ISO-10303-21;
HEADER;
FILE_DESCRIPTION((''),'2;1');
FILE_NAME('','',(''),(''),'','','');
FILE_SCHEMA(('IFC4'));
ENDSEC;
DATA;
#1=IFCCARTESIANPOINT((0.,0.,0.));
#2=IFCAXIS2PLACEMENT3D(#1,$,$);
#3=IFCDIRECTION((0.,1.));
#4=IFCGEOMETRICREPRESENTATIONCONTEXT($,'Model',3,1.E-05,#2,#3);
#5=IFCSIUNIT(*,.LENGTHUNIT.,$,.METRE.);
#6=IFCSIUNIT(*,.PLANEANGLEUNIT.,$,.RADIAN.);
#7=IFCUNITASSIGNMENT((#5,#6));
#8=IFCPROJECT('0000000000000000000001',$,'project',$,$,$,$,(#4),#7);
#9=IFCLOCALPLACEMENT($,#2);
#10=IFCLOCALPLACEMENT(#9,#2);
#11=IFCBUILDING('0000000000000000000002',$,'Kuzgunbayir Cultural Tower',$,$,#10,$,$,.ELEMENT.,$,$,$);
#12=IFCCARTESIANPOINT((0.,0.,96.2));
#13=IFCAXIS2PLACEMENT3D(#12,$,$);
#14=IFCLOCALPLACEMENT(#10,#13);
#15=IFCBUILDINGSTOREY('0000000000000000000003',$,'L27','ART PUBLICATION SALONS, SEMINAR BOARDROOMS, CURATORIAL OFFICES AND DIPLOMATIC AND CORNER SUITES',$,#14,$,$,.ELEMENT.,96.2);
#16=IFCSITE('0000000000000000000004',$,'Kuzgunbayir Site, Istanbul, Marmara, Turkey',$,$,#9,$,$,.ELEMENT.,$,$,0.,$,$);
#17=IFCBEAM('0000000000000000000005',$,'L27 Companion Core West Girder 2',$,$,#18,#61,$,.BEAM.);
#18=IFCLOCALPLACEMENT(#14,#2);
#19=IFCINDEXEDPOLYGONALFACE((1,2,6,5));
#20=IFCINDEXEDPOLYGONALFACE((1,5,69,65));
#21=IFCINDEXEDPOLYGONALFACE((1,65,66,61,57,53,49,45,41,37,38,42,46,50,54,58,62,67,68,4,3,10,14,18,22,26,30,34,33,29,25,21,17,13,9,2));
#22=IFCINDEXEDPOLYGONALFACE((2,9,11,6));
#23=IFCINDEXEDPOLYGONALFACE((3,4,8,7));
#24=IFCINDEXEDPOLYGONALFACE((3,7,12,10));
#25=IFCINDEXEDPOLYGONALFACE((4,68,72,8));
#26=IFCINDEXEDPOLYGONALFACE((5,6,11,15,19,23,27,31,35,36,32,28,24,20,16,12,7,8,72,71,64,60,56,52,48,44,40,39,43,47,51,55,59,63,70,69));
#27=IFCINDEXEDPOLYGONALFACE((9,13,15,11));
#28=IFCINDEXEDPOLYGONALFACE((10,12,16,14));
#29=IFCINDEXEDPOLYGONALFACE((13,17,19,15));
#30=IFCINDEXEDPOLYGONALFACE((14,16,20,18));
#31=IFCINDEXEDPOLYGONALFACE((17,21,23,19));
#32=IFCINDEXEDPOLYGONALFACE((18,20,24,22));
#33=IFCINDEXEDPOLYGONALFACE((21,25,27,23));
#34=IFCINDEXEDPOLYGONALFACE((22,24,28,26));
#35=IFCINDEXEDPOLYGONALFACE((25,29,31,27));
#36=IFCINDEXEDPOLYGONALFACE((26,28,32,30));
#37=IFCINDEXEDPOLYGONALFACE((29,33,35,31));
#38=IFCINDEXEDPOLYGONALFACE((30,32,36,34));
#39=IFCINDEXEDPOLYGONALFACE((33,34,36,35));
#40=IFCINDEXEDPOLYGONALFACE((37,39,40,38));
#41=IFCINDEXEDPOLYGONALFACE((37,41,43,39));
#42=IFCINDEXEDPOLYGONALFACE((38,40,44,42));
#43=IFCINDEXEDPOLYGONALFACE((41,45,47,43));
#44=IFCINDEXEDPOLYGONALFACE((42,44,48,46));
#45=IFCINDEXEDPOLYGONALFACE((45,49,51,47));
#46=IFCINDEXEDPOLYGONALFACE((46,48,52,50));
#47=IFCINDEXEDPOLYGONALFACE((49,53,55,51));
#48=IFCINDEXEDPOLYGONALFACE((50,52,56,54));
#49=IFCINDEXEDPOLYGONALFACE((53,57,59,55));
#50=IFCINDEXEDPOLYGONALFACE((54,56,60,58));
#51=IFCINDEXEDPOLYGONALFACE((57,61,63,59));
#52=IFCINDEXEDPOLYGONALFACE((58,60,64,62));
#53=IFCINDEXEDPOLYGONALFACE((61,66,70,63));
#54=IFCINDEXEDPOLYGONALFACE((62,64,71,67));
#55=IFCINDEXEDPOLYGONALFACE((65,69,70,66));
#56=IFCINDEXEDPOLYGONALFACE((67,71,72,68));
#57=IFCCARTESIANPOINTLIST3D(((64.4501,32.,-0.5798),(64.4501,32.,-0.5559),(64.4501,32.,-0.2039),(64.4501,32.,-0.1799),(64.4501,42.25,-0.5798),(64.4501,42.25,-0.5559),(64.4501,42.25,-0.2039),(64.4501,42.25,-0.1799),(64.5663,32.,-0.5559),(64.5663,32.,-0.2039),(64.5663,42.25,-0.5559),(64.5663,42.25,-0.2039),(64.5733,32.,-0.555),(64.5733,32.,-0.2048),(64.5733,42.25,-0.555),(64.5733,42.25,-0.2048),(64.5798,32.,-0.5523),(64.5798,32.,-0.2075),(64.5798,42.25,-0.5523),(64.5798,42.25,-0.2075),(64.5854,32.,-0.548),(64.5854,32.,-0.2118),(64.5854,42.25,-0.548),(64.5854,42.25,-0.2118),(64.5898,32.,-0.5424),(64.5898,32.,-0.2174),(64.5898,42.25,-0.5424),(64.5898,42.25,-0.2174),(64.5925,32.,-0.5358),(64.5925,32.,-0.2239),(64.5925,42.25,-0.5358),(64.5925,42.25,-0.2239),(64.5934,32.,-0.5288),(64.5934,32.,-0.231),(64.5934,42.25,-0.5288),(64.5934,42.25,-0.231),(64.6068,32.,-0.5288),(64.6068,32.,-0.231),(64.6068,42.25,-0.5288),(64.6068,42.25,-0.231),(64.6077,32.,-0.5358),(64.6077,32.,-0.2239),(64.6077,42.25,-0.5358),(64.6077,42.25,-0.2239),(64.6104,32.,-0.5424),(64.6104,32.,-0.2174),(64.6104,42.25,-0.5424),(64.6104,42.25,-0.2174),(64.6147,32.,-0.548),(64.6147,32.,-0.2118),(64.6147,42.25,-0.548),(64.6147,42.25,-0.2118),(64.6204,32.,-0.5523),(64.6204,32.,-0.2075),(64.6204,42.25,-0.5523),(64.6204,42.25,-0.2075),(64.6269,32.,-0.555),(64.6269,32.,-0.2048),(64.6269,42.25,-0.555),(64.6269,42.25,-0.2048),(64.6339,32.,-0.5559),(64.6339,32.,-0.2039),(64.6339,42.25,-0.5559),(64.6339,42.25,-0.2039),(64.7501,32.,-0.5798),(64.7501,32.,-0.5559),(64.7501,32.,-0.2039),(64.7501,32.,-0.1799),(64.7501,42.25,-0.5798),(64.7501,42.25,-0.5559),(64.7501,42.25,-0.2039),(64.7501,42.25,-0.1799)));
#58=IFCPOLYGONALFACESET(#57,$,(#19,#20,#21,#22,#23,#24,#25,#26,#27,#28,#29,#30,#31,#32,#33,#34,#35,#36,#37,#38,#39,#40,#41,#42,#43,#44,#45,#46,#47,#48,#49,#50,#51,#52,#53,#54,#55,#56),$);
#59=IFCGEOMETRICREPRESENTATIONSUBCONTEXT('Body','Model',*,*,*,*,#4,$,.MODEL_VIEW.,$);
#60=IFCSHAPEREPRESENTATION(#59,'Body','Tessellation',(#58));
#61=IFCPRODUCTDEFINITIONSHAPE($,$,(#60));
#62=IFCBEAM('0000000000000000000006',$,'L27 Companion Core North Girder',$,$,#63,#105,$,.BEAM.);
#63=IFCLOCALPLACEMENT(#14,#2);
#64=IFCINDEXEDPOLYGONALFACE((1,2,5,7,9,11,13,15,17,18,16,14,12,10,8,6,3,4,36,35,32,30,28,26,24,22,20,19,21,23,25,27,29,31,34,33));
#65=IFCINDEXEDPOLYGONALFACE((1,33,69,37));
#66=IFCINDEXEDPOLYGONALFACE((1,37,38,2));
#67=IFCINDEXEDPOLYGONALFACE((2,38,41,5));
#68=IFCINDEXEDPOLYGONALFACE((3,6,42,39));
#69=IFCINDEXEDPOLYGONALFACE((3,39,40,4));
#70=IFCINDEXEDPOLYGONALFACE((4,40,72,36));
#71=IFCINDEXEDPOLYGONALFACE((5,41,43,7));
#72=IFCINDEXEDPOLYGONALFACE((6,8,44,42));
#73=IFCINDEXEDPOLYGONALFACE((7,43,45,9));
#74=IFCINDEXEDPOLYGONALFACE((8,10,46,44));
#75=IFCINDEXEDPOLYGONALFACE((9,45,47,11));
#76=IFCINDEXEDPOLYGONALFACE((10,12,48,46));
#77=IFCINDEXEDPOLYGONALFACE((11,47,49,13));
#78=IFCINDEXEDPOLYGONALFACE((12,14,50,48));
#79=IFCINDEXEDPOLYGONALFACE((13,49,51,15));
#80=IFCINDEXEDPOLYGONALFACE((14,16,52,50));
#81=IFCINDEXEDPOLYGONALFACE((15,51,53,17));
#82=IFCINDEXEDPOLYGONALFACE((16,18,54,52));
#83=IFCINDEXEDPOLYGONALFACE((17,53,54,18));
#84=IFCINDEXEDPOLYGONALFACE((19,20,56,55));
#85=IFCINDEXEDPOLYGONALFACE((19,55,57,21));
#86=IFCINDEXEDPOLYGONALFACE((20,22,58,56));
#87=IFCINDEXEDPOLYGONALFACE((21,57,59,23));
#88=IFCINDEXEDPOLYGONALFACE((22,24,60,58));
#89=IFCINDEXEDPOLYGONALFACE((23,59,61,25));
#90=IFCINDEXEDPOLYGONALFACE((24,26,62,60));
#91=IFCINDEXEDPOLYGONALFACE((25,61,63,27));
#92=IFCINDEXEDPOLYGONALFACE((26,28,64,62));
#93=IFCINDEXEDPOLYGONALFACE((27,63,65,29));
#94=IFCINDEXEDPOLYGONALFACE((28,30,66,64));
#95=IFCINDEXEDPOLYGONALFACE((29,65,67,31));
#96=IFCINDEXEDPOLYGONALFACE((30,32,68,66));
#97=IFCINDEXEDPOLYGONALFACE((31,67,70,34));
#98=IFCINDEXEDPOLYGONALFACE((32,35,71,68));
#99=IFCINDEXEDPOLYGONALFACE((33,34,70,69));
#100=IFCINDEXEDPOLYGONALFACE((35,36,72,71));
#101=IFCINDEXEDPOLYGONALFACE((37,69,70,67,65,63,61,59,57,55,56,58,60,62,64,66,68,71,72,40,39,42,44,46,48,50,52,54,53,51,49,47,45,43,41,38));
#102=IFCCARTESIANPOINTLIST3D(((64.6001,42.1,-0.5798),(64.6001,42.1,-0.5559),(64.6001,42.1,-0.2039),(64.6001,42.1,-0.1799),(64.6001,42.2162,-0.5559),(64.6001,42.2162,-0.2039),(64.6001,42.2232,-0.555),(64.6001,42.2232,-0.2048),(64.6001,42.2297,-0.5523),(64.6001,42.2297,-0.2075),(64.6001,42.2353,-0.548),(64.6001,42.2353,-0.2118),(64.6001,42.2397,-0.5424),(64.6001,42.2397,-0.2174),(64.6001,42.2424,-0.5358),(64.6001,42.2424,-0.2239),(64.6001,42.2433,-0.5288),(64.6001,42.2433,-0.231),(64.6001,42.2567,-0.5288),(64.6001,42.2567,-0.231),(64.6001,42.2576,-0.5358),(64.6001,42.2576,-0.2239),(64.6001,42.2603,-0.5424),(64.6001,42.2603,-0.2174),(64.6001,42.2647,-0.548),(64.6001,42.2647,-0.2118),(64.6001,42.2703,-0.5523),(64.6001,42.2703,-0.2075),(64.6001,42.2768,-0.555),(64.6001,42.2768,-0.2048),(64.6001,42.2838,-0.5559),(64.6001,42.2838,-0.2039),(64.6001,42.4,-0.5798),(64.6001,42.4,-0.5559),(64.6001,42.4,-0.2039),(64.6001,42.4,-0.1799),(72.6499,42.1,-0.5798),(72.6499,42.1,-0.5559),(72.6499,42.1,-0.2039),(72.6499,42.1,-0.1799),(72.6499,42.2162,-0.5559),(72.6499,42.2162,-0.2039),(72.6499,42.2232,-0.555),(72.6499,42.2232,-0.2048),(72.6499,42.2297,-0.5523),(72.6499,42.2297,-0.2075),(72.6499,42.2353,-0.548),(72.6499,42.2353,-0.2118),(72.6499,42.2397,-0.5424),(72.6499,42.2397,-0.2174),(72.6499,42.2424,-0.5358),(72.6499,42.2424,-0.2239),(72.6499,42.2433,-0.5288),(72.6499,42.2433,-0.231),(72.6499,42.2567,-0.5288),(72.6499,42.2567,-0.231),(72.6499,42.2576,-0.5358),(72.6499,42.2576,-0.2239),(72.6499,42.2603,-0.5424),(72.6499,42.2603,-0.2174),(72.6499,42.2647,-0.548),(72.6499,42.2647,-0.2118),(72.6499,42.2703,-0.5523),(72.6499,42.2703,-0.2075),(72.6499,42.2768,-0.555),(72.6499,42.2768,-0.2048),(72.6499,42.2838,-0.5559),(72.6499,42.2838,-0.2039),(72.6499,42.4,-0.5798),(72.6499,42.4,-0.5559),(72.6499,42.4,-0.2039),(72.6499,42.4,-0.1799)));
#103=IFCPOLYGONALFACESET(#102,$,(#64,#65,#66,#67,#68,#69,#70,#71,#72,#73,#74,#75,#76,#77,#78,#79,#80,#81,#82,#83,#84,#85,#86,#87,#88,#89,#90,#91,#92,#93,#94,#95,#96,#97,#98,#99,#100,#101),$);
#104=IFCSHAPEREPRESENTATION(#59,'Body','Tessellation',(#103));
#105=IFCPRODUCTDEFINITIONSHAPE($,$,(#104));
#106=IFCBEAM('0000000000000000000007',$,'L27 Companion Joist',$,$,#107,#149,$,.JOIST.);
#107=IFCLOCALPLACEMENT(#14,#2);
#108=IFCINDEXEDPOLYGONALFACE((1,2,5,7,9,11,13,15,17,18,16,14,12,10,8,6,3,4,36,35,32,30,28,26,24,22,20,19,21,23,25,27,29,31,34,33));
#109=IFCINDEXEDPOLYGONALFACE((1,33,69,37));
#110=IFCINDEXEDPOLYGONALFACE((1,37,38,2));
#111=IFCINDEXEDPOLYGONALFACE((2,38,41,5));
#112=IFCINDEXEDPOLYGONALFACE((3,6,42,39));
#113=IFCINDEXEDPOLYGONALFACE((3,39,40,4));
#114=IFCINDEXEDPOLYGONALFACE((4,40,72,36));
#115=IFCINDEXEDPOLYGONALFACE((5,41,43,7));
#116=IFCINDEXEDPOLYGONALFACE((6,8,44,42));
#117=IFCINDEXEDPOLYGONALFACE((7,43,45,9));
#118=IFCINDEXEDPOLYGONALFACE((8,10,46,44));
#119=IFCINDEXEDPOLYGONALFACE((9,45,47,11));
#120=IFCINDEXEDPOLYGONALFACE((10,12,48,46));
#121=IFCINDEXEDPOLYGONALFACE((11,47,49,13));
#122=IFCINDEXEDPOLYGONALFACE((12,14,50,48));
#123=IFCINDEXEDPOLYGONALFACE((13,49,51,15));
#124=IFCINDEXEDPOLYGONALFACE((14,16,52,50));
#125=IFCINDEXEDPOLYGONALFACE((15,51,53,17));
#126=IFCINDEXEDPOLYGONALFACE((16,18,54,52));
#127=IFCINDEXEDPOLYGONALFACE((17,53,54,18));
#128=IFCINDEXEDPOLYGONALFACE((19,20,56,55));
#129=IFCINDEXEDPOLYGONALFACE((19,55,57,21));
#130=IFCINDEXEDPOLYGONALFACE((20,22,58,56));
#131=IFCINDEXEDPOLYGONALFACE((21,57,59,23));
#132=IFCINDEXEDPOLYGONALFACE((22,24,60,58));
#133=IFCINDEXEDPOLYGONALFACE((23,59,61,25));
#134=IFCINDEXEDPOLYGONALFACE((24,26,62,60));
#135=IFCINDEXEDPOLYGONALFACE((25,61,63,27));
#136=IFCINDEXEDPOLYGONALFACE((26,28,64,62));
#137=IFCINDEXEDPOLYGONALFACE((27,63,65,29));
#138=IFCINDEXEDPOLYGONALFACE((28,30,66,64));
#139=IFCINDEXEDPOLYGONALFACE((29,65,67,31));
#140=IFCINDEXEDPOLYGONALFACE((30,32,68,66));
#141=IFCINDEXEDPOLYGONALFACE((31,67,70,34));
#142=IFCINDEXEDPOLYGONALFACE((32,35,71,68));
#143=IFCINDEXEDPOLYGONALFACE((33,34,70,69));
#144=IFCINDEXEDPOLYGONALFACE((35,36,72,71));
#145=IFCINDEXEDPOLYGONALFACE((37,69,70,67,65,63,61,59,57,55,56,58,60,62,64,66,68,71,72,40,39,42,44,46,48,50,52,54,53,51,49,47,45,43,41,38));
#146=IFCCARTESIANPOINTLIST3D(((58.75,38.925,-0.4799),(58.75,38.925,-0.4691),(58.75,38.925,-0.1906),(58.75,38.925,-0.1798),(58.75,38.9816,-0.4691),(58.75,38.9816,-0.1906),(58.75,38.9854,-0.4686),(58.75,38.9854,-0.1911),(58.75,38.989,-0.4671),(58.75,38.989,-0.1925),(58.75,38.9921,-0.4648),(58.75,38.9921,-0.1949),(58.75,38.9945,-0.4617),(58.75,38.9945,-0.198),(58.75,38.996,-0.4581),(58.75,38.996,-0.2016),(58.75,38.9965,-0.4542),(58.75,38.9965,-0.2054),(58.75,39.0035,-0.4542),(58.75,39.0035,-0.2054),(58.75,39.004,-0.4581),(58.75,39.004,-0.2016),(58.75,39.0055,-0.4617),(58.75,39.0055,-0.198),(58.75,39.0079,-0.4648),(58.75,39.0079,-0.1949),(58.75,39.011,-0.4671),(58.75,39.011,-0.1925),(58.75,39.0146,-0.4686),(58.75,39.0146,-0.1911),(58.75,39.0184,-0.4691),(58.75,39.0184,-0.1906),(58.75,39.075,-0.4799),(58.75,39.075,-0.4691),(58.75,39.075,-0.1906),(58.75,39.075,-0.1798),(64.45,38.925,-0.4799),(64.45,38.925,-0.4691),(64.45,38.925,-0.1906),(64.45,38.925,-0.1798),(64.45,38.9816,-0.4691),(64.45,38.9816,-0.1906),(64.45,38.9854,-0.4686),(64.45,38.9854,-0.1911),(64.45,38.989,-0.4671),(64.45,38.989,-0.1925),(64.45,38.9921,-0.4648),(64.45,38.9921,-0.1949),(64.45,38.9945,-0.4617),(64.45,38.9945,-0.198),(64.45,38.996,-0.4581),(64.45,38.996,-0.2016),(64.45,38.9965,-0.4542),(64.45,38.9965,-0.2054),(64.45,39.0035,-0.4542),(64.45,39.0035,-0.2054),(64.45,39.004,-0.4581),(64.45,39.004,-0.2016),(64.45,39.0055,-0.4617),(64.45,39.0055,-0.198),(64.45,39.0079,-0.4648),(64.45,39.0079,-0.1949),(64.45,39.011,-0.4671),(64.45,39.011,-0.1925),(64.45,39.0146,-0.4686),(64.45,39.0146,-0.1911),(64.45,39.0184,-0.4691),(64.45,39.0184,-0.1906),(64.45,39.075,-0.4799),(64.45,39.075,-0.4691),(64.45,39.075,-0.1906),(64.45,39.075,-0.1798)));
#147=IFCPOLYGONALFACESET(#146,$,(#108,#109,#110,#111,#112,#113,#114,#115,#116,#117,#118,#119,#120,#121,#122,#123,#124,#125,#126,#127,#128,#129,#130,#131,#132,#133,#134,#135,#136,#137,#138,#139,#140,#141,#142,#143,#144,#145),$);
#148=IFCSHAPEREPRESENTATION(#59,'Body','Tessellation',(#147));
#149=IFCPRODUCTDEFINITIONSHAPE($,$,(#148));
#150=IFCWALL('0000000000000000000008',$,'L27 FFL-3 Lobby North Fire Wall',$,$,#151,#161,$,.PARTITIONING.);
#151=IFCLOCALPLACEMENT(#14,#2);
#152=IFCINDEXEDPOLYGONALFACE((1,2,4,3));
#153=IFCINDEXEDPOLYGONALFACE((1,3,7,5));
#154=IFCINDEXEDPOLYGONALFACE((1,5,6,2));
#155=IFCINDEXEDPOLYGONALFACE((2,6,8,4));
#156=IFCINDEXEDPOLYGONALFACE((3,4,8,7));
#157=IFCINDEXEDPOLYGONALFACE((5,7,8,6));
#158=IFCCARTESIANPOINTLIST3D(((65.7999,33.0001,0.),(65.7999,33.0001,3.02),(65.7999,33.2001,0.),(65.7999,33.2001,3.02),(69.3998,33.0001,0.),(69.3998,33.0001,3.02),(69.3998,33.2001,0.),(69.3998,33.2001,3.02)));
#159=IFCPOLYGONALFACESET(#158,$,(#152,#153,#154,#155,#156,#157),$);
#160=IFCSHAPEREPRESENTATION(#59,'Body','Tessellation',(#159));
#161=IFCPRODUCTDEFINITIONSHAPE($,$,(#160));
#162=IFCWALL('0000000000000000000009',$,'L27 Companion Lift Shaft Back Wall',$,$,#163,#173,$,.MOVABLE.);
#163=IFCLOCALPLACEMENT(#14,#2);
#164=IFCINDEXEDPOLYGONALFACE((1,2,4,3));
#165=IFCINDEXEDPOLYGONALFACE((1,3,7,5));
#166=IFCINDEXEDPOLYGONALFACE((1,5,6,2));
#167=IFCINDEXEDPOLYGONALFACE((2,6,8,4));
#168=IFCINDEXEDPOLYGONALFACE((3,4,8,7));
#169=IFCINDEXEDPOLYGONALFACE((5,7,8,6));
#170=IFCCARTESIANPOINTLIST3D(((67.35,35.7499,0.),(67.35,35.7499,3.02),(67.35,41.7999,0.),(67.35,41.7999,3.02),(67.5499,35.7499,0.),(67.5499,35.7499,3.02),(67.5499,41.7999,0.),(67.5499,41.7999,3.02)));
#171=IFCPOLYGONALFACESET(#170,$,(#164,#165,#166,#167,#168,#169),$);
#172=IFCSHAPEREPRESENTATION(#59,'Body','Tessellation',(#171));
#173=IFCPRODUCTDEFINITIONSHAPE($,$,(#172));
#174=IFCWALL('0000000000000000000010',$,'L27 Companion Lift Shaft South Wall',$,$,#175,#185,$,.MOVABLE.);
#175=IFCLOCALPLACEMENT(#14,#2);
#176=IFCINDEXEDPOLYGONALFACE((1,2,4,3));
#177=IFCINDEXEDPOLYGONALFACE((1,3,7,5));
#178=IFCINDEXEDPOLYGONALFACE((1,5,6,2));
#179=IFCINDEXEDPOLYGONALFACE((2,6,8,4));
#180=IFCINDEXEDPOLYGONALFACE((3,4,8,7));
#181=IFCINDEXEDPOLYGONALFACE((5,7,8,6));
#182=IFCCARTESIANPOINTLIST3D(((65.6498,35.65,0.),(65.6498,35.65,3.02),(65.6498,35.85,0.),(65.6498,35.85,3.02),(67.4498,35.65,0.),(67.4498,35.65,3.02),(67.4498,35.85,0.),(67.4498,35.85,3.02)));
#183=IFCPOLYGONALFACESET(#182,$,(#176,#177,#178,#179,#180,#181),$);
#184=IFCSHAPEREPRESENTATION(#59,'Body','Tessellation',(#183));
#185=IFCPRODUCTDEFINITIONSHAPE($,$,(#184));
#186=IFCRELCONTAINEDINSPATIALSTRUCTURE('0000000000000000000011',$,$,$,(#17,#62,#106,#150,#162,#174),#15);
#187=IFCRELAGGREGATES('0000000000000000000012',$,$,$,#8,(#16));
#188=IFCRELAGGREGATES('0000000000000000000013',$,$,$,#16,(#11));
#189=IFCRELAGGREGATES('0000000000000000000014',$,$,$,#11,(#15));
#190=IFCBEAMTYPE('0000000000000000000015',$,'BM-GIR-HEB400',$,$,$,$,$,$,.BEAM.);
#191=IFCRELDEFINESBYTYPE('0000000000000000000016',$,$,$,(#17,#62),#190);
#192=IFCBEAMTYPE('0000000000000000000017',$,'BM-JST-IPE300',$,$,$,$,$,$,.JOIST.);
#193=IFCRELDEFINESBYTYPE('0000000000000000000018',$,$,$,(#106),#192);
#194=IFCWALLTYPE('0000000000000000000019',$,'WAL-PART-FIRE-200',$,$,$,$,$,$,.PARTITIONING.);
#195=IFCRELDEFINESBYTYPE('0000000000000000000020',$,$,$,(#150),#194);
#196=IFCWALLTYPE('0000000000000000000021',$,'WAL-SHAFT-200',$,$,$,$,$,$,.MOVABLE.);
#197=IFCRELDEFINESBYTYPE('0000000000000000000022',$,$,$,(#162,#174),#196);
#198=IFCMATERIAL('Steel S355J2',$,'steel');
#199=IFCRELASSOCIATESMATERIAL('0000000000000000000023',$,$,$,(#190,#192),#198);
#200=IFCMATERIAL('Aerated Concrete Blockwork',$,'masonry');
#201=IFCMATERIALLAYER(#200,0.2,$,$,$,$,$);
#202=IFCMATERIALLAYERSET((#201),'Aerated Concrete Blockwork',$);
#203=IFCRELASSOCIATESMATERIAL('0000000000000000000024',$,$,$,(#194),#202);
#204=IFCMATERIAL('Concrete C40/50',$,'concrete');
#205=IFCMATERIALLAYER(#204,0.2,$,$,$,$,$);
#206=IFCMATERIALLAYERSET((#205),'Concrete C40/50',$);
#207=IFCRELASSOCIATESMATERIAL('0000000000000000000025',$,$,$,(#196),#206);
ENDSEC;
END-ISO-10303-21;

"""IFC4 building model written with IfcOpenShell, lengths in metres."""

from ifc_helpers import new_model, si_unit, direction, frame, frame_2d, origin, origin_2d, place, context, subcontext, project, spatial, rectangle, i_section, extrude, material, layer, layer_set, material_profile, profile_set, type_object, element, save


model = new_model("IFC4")

# Units and contexts
model_context = context("Model", 3, precision=1e-05, world=origin(), true_north=direction((0.0, 1.0)))
body_context = subcontext(model_context, "Body", "Model", "MODEL_VIEW")
ifc_project = project(units=[si_unit("LENGTHUNIT", "METRE"), si_unit("PLANEANGLEUNIT", "RADIAN")], contexts=[model_context])

# Site, building, storey
site_placement = place(None, origin())
site = spatial("IfcSite", under=ifc_project, at=site_placement, Name="Kuzgunbayir Site, Istanbul, Marmara, Turkey", CompositionType="ELEMENT", RefElevation=0.0)
building_placement = place(site_placement, origin())
building = spatial("IfcBuilding", under=site, at=building_placement, Name="Kuzgunbayir Cultural Tower", CompositionType="ELEMENT")
storey_placement = place(building_placement, frame((0.0, 0.0, 96.2)))
storey = spatial("IfcBuildingStorey", under=building, at=storey_placement, Name="L27", Description="ART PUBLICATION SALONS, SEMINAR BOARDROOMS, CURATORIAL OFFICES AND DIPLOMATIC AND CORNER SUITES", CompositionType="ELEMENT", Elevation=96.2)

# Beams
ifc_material_1 = material(Name="Steel S355J2", Category="steel")
ifc_material_profile_1 = material_profile(ifc_material_1, i_section(OverallWidth=0.3, OverallDepth=0.3999, WebThickness=0.0134, FlangeThickness=0.0239, FilletRadius=0.0271, at=origin_2d()), Name="HEB 400")
ifc_profile_set_1 = profile_set([ifc_material_profile_1], Name="Steel S355J2")
beam_type_1 = type_object("IfcBeamType", Name="BM-GIR-HEB400", PredefinedType="BEAM", material=ifc_profile_set_1)
beam_1_placement = place(storey_placement, frame((64.6001, 32.0, -0.3799), z_axis=(0.0, 1.0, 0.0), x_axis=(-1.0, 0.0, 0.0)))
element("IfcBeam", 1, at=beam_1_placement, inside=storey, type_object=beam_type_1, Name="L27 Companion Core West Girder 2", PredefinedType="BEAM", context=body_context, shape_type="SweptSolid", body=[
    extrude(i_section(OverallWidth=0.3, OverallDepth=0.3999, WebThickness=0.0134, FlangeThickness=0.0239, FilletRadius=0.0271, at=origin_2d()), origin(), (0.0, 0.0, 1.0), 10.25),
])
beam_2_placement = place(storey_placement, frame((64.6001, 42.25, -0.3799), z_axis=(1.0, 0.0, 0.0), x_axis=(0.0, 1.0, 0.0)))
element("IfcBeam", 2, at=beam_2_placement, inside=storey, type_object=beam_type_1, Name="L27 Companion Core North Girder", PredefinedType="BEAM", context=body_context, shape_type="SweptSolid", body=[
    extrude(i_section(OverallWidth=0.3, OverallDepth=0.3999, WebThickness=0.0134, FlangeThickness=0.0239, FilletRadius=0.0271, at=origin_2d()), origin(), (0.0, 0.0, 1.0), 8.0498),
])
ifc_material_profile_2 = material_profile(ifc_material_1, i_section(OverallWidth=0.1499, OverallDepth=0.3, WebThickness=0.0071, FlangeThickness=0.0107, FilletRadius=0.0149, at=origin_2d()), Name="IPE 300")
ifc_profile_set_2 = profile_set([ifc_material_profile_2], Name="Steel S355J2")
beam_type_2 = type_object("IfcBeamType", Name="BM-JST-IPE300", PredefinedType="JOIST", material=ifc_profile_set_2)
beam_3_placement = place(storey_placement, frame((58.75, 39.0, -0.3298), z_axis=(1.0, 0.0, 0.0), x_axis=(0.0, 1.0, 0.0)))
element("IfcBeam", 3, at=beam_3_placement, inside=storey, type_object=beam_type_2, Name="L27 Companion Joist", PredefinedType="JOIST", context=body_context, shape_type="SweptSolid", body=[
    extrude(i_section(OverallWidth=0.1499, OverallDepth=0.3, WebThickness=0.0071, FlangeThickness=0.0107, FilletRadius=0.0149, at=origin_2d()), origin(), (0.0, 0.0, 1.0), 5.7),
])

# Wall
ifc_material_2 = material(Name="Aerated Concrete Blockwork", Category="masonry")
ifc_layer_1 = layer(ifc_material_2, 0.2)
ifc_layer_set_1 = layer_set([ifc_layer_1], Name="Aerated Concrete Blockwork")
wall_type_1 = type_object("IfcWallType", Name="WAL-PART-FIRE-200", PredefinedType="PARTITIONING", material=ifc_layer_set_1)
wall_1_placement = place(storey_placement, frame((65.8, 33.1001, 0.0), z_axis=(0.0, 0.0, 1.0), x_axis=(1.0, 0.0, 0.0)))
element("IfcWall", 4, at=wall_1_placement, inside=storey, type_object=wall_type_1, Name="L27 FFL-3 Lobby North Fire Wall", PredefinedType="PARTITIONING", context=body_context, shape_type="SweptSolid", body=[
    extrude(rectangle(XDim=3.5999, YDim=0.2, at=frame_2d((1.7998, 0.0))), origin(), (0.0, 0.0, 1.0), 3.02),
])

# Shared definitions
ifc_material_3 = material(Name="Concrete C40/50", Category="concrete")
ifc_layer_2 = layer(ifc_material_3, 0.2)
ifc_layer_set_2 = layer_set([ifc_layer_2], Name="Concrete C40/50")
wall_type_2 = type_object("IfcWallType", Name="WAL-SHAFT-200", PredefinedType="MOVABLE", material=ifc_layer_set_2)

# Walls
wall_2_placement = place(storey_placement, frame((67.45, 35.75, 0.0), z_axis=(0.0, 0.0, 1.0), x_axis=(0.0, 1.0, 0.0)))
element("IfcWall", 5, at=wall_2_placement, inside=storey, type_object=wall_type_2, Name="L27 Companion Lift Shaft Back Wall", PredefinedType="MOVABLE", context=body_context, shape_type="SweptSolid", body=[
    extrude(rectangle(XDim=6.05, YDim=0.2, at=frame_2d((3.0249, 0.0))), origin(), (0.0, 0.0, 1.0), 3.02),
])
wall_3_placement = place(storey_placement, frame((65.6499, 35.75, 0.0), z_axis=(0.0, 0.0, 1.0), x_axis=(1.0, 0.0, 0.0)))
element("IfcWall", 6, at=wall_3_placement, inside=storey, type_object=wall_type_2, Name="L27 Companion Lift Shaft South Wall", PredefinedType="MOVABLE", context=body_context, shape_type="SweptSolid", body=[
    extrude(rectangle(XDim=1.8, YDim=0.2, at=frame_2d((0.8999, 0.0))), origin(), (0.0, 0.0, 1.0), 3.02),
])

save(model, "model.ifc")
